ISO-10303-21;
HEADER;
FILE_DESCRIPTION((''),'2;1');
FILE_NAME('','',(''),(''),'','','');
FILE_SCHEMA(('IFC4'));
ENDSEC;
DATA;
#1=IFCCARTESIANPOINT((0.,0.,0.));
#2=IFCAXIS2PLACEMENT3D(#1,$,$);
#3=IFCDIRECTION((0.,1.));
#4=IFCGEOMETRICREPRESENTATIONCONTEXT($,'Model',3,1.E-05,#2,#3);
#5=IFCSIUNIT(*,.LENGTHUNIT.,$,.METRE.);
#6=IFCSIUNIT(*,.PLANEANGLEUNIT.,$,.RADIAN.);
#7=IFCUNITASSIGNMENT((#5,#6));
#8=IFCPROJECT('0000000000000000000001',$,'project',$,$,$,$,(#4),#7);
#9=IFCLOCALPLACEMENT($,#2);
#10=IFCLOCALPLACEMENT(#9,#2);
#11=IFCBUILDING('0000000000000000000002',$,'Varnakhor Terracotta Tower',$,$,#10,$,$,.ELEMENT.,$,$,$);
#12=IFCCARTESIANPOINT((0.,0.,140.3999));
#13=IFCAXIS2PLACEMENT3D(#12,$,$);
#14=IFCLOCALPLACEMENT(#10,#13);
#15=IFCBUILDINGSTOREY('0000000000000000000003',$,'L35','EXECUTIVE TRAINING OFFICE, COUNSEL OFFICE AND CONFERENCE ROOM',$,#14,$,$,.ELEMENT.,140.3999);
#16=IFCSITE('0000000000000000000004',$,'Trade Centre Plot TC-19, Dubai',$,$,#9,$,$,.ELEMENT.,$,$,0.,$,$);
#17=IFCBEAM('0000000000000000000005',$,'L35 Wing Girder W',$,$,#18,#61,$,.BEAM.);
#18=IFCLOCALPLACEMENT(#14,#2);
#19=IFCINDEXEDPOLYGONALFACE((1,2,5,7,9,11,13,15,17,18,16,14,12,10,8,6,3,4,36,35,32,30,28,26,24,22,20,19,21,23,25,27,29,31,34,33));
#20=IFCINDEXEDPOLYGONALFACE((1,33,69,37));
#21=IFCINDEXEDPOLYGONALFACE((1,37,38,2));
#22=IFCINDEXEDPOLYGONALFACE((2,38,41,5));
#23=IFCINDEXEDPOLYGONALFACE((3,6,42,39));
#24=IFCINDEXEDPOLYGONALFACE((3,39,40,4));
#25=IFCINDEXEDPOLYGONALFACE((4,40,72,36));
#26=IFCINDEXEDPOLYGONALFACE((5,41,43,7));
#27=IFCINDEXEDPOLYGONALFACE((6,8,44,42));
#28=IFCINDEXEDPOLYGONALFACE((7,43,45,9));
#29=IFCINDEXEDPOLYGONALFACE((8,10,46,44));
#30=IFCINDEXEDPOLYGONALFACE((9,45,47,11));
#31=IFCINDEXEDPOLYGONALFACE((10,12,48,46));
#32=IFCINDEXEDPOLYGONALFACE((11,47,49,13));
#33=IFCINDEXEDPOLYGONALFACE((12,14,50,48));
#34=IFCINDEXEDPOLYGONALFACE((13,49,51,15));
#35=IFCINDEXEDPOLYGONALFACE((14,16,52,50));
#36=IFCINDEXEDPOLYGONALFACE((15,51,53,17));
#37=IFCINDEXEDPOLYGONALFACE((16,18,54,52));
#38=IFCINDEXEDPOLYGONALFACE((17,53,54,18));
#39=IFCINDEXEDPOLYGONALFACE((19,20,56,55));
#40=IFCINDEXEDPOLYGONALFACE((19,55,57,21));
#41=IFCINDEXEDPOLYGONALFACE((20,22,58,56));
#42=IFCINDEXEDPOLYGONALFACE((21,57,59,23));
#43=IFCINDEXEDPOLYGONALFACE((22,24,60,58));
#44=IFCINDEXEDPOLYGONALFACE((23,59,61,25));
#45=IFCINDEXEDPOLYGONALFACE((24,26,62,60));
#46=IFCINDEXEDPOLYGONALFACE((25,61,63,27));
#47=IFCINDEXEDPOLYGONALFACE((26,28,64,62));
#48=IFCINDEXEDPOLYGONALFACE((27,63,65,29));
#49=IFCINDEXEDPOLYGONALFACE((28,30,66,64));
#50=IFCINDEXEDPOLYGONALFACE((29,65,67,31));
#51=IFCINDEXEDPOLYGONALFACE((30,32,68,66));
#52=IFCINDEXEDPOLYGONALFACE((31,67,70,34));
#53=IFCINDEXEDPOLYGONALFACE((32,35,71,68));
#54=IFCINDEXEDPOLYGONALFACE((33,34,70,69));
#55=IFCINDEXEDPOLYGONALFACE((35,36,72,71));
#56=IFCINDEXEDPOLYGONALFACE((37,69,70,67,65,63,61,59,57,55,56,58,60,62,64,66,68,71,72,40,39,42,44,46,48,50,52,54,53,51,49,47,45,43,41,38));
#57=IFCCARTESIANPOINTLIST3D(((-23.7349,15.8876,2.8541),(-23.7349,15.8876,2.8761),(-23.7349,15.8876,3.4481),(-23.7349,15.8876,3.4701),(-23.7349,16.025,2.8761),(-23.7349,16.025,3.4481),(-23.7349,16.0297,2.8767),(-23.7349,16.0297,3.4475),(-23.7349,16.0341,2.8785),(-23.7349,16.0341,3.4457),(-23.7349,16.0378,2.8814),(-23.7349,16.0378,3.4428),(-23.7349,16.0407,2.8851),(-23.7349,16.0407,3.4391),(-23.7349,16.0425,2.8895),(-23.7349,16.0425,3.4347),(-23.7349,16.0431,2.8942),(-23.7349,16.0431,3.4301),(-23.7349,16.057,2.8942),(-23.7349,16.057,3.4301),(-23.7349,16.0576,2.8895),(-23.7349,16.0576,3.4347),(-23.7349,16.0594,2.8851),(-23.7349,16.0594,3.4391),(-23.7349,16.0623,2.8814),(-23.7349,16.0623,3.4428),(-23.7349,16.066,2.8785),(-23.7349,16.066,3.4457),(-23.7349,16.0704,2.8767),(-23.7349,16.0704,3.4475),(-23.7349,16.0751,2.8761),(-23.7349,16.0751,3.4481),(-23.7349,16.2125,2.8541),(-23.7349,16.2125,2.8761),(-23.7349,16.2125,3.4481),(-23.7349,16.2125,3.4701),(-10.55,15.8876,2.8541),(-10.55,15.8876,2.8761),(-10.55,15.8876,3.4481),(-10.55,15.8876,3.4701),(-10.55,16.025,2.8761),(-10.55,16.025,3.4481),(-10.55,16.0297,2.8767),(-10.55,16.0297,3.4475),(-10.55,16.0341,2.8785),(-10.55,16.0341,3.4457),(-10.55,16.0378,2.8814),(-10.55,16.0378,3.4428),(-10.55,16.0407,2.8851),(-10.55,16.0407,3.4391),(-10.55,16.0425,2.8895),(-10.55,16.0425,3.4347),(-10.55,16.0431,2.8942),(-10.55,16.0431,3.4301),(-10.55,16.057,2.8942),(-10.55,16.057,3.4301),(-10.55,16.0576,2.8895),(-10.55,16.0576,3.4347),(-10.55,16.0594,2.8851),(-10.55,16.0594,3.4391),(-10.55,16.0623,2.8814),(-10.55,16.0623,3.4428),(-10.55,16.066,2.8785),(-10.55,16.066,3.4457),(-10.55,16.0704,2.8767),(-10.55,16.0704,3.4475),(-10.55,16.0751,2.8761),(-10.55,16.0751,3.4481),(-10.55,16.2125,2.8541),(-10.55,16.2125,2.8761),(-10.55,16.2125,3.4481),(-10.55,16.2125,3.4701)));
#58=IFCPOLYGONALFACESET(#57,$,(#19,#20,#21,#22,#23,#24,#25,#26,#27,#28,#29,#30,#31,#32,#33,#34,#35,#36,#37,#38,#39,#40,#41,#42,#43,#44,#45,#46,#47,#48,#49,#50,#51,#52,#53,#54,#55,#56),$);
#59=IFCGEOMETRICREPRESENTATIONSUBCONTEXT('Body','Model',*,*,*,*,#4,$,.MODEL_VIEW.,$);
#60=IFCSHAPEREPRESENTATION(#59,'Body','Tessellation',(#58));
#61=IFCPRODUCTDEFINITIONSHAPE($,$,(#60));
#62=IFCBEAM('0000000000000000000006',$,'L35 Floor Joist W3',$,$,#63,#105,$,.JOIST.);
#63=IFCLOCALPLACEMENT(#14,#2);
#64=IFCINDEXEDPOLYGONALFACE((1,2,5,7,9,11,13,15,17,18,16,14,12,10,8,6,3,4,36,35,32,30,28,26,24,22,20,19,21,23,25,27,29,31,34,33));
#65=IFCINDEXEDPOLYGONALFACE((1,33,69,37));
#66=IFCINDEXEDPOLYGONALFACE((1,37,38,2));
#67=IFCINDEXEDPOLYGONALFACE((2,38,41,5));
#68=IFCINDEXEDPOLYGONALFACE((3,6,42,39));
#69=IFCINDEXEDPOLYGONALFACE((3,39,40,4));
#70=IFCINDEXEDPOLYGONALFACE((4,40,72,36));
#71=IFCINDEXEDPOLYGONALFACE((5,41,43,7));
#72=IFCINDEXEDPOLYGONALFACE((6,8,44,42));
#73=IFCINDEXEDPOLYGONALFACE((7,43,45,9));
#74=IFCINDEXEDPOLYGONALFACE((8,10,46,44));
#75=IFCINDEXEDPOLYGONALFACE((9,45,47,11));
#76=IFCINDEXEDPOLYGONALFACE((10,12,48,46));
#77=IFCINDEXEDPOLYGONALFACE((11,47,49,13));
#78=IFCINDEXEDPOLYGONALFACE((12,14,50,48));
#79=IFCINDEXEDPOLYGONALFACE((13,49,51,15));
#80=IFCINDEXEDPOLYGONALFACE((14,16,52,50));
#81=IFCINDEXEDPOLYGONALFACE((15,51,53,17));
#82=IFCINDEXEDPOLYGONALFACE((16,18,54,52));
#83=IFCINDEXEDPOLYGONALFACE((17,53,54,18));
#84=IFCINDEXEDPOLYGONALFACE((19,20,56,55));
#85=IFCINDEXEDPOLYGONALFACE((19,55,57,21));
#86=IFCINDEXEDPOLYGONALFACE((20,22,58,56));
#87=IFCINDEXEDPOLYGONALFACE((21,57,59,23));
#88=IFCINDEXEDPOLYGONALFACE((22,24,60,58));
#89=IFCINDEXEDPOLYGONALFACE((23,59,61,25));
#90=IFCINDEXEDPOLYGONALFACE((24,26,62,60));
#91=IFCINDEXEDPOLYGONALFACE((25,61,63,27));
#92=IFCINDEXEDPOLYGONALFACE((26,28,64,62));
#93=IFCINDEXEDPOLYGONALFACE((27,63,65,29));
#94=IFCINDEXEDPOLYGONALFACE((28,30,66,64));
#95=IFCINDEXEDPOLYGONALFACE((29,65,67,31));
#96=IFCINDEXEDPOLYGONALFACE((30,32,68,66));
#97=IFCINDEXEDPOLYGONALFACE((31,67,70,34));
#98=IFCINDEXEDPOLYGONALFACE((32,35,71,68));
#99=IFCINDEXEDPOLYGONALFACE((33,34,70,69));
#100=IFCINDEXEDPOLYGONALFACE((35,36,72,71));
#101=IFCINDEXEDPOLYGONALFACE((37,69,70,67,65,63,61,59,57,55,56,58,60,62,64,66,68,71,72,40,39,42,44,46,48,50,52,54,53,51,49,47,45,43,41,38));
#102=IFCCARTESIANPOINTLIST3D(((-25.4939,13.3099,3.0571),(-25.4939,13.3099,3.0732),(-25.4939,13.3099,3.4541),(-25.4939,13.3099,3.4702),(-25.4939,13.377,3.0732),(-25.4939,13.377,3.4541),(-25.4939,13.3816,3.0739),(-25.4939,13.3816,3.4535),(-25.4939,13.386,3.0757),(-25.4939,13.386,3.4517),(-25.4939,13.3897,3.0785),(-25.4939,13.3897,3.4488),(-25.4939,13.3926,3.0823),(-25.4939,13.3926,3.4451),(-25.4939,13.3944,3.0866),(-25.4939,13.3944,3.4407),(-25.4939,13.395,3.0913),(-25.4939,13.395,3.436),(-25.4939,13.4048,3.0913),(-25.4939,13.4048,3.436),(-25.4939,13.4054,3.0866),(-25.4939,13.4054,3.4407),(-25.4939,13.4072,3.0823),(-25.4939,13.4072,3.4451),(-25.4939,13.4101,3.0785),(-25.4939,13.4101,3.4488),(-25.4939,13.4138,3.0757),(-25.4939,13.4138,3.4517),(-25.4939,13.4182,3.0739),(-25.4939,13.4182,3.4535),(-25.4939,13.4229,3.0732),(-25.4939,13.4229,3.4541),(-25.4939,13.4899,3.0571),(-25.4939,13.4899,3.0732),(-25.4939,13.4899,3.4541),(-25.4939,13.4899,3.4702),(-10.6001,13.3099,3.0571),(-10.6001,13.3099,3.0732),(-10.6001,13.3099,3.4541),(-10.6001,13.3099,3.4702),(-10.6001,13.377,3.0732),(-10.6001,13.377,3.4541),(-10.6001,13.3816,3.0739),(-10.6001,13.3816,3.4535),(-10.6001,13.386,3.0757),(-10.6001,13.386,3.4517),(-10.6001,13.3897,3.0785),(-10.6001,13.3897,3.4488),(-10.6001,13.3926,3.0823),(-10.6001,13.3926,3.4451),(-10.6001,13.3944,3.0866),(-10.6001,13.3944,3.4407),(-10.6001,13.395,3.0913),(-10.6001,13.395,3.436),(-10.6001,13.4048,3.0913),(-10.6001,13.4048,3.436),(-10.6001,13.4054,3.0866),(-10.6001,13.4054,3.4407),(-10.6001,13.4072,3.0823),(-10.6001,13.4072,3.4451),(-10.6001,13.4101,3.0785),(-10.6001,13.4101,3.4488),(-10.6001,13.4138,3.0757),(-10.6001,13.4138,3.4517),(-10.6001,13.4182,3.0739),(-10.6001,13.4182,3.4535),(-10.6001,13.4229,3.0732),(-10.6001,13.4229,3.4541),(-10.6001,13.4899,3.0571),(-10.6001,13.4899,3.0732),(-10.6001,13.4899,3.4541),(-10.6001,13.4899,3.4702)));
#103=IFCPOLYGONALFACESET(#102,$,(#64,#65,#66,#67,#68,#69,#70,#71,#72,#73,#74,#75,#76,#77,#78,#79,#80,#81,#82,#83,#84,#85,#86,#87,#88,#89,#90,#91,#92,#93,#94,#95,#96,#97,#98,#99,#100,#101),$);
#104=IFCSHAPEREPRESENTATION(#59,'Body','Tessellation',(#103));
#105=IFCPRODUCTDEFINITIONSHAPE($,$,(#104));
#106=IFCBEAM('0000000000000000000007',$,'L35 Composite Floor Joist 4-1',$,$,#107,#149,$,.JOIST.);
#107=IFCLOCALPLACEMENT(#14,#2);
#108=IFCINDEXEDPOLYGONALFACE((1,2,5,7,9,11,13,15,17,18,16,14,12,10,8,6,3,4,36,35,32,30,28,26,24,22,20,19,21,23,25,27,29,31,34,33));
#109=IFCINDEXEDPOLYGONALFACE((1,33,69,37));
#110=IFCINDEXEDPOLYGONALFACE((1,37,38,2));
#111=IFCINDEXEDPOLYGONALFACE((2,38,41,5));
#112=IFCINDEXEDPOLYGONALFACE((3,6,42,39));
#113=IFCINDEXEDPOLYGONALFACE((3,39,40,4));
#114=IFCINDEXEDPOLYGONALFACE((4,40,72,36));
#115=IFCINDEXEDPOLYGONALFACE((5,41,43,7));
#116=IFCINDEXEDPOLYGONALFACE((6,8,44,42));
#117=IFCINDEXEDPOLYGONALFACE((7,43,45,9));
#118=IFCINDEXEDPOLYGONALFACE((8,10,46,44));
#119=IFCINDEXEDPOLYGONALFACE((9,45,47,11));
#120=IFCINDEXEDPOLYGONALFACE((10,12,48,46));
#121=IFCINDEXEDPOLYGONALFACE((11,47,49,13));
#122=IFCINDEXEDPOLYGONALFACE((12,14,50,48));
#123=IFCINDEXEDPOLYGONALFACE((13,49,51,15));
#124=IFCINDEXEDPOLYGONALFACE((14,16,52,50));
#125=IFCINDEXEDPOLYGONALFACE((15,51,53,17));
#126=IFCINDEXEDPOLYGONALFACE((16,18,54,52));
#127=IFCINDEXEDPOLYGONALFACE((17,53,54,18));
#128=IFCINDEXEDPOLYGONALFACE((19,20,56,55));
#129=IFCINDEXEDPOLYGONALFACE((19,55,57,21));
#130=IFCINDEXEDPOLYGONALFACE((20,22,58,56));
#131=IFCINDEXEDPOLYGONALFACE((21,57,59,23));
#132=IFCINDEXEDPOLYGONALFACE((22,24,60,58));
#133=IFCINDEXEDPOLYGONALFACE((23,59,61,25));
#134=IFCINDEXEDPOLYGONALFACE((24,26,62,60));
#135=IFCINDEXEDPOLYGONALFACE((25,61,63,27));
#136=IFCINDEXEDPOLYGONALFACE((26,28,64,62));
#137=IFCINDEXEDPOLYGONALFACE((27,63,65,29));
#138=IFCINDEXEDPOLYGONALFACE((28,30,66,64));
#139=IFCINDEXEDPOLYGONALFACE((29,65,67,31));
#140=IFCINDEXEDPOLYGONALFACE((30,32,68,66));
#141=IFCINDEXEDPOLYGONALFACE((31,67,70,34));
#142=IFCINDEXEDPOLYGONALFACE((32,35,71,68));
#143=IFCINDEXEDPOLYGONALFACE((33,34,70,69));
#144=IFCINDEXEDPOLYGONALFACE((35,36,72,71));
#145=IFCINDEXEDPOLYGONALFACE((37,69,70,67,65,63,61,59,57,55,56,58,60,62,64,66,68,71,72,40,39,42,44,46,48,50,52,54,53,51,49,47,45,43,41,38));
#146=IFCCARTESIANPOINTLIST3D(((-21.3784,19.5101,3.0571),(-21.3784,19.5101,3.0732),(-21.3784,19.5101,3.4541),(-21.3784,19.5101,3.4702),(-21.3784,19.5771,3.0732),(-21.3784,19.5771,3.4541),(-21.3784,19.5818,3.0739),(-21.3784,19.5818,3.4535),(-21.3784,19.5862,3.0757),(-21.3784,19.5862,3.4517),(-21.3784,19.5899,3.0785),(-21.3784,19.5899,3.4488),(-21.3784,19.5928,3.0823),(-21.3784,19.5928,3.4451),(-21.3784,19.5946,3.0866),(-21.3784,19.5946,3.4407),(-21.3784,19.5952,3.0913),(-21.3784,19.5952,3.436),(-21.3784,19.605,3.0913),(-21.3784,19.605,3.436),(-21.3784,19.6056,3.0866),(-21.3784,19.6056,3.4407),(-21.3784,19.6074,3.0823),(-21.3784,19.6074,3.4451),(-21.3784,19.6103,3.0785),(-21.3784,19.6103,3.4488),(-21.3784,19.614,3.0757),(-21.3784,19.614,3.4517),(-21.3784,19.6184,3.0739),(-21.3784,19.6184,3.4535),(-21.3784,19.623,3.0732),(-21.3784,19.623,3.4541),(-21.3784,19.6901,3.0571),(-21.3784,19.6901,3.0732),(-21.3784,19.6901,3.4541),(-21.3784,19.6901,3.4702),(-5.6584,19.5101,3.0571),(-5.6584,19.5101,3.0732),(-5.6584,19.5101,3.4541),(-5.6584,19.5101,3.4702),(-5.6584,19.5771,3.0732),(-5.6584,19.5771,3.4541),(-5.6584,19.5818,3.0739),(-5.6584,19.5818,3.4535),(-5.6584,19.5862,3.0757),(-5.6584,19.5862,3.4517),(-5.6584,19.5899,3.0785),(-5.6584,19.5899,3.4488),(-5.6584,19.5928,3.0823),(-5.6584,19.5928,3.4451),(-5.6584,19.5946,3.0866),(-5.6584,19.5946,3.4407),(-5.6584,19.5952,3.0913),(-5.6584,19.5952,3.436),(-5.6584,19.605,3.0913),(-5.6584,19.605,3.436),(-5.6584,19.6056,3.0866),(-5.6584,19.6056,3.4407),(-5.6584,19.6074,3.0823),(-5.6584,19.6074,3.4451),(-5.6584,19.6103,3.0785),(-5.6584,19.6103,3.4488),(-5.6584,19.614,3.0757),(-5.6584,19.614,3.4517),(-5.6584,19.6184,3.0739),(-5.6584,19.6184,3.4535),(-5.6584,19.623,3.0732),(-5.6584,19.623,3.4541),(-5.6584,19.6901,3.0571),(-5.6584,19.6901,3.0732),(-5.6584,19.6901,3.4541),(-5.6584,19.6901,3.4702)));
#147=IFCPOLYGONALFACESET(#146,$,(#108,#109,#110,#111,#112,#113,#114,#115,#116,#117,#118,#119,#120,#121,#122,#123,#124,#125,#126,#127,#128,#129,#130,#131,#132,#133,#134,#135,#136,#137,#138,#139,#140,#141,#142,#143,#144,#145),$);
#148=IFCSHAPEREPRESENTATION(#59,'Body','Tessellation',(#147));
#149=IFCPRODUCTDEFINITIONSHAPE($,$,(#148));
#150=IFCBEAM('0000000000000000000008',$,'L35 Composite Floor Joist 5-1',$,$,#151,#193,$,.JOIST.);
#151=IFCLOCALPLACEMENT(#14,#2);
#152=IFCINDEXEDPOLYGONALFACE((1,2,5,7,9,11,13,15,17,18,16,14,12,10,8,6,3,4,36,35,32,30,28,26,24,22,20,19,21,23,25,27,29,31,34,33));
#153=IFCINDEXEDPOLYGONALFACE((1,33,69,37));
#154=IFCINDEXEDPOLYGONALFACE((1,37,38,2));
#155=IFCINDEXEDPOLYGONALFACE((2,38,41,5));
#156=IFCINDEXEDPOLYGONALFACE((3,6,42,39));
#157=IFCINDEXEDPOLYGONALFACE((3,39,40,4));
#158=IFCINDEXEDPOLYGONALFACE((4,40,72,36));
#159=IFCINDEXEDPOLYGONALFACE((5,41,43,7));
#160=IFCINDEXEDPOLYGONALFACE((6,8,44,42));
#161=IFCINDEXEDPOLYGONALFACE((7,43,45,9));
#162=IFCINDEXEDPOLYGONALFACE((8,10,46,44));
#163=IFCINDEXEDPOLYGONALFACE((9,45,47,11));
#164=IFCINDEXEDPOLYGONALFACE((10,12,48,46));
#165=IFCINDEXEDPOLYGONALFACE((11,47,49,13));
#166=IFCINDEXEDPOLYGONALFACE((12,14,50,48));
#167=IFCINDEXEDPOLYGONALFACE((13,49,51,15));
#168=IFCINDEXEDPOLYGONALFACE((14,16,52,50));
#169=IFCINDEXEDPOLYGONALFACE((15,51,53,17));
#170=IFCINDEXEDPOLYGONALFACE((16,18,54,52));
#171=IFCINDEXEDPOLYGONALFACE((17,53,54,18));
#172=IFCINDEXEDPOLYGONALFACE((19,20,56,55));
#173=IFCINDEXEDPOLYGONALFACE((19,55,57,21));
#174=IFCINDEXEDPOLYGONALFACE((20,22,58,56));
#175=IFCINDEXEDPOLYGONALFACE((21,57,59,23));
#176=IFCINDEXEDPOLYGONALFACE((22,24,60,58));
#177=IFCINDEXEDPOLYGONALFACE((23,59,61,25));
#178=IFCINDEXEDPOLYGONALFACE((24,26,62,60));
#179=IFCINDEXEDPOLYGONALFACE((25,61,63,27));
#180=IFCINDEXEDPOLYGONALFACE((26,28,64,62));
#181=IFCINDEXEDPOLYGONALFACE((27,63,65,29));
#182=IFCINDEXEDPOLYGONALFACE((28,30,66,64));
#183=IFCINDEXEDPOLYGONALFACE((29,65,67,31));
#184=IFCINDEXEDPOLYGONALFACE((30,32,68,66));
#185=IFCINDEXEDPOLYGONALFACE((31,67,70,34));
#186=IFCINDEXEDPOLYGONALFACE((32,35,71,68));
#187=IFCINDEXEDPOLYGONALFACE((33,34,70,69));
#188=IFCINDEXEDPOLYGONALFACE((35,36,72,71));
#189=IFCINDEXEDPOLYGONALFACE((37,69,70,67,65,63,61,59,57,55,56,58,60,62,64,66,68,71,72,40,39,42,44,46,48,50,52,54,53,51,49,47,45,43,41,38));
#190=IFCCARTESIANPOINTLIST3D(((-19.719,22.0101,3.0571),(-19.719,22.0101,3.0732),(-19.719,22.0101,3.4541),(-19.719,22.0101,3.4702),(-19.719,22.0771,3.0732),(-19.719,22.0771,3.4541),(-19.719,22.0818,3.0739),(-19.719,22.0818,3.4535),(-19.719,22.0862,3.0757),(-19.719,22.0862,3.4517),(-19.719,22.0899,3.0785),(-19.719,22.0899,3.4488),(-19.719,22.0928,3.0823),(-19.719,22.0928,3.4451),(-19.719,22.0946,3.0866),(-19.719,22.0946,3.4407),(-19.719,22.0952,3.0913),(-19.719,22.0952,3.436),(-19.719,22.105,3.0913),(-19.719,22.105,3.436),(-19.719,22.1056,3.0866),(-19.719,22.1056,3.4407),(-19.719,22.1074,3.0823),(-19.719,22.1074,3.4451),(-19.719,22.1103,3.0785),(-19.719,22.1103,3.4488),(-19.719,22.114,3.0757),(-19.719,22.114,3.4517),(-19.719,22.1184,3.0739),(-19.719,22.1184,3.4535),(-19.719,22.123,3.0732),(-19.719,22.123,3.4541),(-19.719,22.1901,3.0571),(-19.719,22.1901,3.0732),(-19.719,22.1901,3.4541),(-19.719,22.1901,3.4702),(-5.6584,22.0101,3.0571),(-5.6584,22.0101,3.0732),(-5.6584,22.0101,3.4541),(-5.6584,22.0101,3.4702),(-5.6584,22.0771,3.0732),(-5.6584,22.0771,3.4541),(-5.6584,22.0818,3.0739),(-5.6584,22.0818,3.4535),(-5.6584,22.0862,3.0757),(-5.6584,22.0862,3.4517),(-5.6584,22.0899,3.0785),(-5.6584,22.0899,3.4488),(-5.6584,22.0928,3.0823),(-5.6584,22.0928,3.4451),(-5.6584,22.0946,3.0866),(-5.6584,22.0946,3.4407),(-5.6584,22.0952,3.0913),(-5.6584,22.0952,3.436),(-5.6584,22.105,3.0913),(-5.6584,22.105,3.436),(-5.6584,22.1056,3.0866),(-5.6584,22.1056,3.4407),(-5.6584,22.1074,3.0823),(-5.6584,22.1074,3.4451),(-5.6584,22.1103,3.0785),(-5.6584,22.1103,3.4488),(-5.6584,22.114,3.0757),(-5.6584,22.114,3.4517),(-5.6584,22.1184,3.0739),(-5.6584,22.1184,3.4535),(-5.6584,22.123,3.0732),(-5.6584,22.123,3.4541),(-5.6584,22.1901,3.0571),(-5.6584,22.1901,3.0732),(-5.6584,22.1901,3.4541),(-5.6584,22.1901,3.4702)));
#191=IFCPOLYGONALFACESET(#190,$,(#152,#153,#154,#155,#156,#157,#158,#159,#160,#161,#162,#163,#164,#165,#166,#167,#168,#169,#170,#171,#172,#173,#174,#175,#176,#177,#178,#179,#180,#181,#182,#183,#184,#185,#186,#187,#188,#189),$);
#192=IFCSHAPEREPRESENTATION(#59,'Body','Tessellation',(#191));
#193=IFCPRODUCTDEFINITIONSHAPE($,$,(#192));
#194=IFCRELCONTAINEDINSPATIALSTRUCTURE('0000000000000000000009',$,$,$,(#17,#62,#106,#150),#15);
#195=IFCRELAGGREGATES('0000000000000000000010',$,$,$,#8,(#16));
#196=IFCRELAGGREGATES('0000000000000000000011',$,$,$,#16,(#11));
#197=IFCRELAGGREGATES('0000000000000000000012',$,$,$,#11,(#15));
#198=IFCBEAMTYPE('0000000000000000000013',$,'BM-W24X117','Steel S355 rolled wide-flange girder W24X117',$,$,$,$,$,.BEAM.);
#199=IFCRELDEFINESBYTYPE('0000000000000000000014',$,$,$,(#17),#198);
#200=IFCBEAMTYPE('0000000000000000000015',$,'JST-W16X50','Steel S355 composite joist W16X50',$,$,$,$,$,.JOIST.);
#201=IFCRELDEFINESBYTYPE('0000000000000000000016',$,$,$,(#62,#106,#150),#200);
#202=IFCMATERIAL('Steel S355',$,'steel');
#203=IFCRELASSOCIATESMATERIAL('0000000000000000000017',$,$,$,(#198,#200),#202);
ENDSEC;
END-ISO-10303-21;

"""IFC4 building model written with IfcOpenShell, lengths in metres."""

from ifc_helpers import new_model, si_unit, direction, frame, origin, origin_2d, place, context, subcontext, project, spatial, i_section, extrude, source, transform, mapped, material, material_profile, profile_set, type_object, element, save


model = new_model("IFC4")

# Units and contexts
model_context = context("Model", 3, precision=1e-05, world=origin(), true_north=direction((0.0, 1.0)))
body_context = subcontext(model_context, "Body", "Model", "MODEL_VIEW")
ifc_project = project(units=[si_unit("LENGTHUNIT", "METRE"), si_unit("PLANEANGLEUNIT", "RADIAN")], contexts=[model_context])

# Site, building, storey
site_placement = place(None, origin())
site = spatial("IfcSite", under=ifc_project, at=site_placement, Name="Trade Centre Plot TC-19, Dubai", CompositionType="ELEMENT", RefElevation=0.0)
building_placement = place(site_placement, origin())
building = spatial("IfcBuilding", under=site, at=building_placement, Name="Varnakhor Terracotta Tower", CompositionType="ELEMENT")
storey_placement = place(building_placement, frame((0.0, 0.0, 140.3999)))
storey = spatial("IfcBuildingStorey", under=building, at=storey_placement, Name="L35", Description="EXECUTIVE TRAINING OFFICE, COUNSEL OFFICE AND CONFERENCE ROOM", CompositionType="ELEMENT", Elevation=140.3999)

# Beams
ifc_material_1 = material(Name="Steel S355", Category="steel")
ifc_material_profile_1 = material_profile(ifc_material_1, i_section(OverallWidth=0.325, OverallDepth=0.616, WebThickness=0.0139, FlangeThickness=0.022, FilletRadius=0.0181, at=origin_2d()), Name="W24X117")
ifc_profile_set_1 = profile_set([ifc_material_profile_1], Name="Steel S355")
beam_type_1 = type_object("IfcBeamType", Name="BM-W24X117", Description="Steel S355 rolled wide-flange girder W24X117", PredefinedType="BEAM", material=ifc_profile_set_1)
shared_shape_1 = source(origin(), body_context, "Body", "SweptSolid", [
    extrude(i_section(OverallWidth=0.325, OverallDepth=0.616, WebThickness=0.0139, FlangeThickness=0.022, FilletRadius=0.0181, at=origin_2d()), origin(), (0.0, 0.0, 1.0), 13.1848),
])
beam_1_placement = place(storey_placement, frame((-23.7349, 16.05, 3.1621), z_axis=(1.0, 0.0, 0.0), x_axis=(0.0, 1.0, 0.0)))
element("IfcBeam", 1, at=beam_1_placement, inside=storey, type_object=beam_type_1, Name="L35 Wing Girder W", PredefinedType="BEAM", context=body_context, shape_type="MappedRepresentation", body=[
    mapped(shared_shape_1, transform((0.0, 0.0, 0.0), scale=1.0)),
])
ifc_material_profile_2 = material_profile(ifc_material_1, i_section(OverallWidth=0.1799, OverallDepth=0.4131, WebThickness=0.0098, FlangeThickness=0.0161, FilletRadius=0.0181, at=origin_2d()), Name="W16X50")
ifc_profile_set_2 = profile_set([ifc_material_profile_2], Name="Steel S355")
beam_type_2 = type_object("IfcBeamType", Name="JST-W16X50", Description="Steel S355 composite joist W16X50", PredefinedType="JOIST", material=ifc_profile_set_2)
shared_shape_2 = source(origin(), body_context, "Body", "SweptSolid", [
    extrude(i_section(OverallWidth=0.1799, OverallDepth=0.4131, WebThickness=0.0098, FlangeThickness=0.0161, FilletRadius=0.0181, at=origin_2d()), origin(), (0.0, 0.0, 1.0), 14.8938),
])
beam_2_placement = place(storey_placement, frame((-25.4939, 13.3999, 3.2637), z_axis=(1.0, 0.0, 0.0), x_axis=(0.0, 1.0, 0.0)))
element("IfcBeam", 2, at=beam_2_placement, inside=storey, type_object=beam_type_2, Name="L35 Floor Joist W3", PredefinedType="JOIST", context=body_context, shape_type="MappedRepresentation", body=[
    mapped(shared_shape_2, transform((0.0, 0.0, 0.0), scale=1.0)),
])
shared_shape_3 = source(origin(), body_context, "Body", "SweptSolid", [
    extrude(i_section(OverallWidth=0.1799, OverallDepth=0.4131, WebThickness=0.0098, FlangeThickness=0.0161, FilletRadius=0.0181, at=origin_2d()), origin(), (0.0, 0.0, 1.0), 15.72),
])
beam_3_placement = place(storey_placement, frame((-21.3784, 19.6001, 3.2637), z_axis=(1.0, 0.0, 0.0), x_axis=(0.0, 1.0, 0.0)))
element("IfcBeam", 3, at=beam_3_placement, inside=storey, type_object=beam_type_2, Name="L35 Composite Floor Joist 4-1", PredefinedType="JOIST", context=body_context, shape_type="MappedRepresentation", body=[
    mapped(shared_shape_3, transform((0.0, 0.0, 0.0), scale=1.0)),
])
shared_shape_4 = source(origin(), body_context, "Body", "SweptSolid", [
    extrude(i_section(OverallWidth=0.1799, OverallDepth=0.4131, WebThickness=0.0098, FlangeThickness=0.0161, FilletRadius=0.0181, at=origin_2d()), origin(), (0.0, 0.0, 1.0), 14.0605),
])
beam_4_placement = place(storey_placement, frame((-19.719, 22.1001, 3.2637), z_axis=(1.0, 0.0, 0.0), x_axis=(0.0, 1.0, 0.0)))
element("IfcBeam", 4, at=beam_4_placement, inside=storey, type_object=beam_type_2, Name="L35 Composite Floor Joist 5-1", PredefinedType="JOIST", context=body_context, shape_type="MappedRepresentation", body=[
    mapped(shared_shape_4, transform((0.0, 0.0, 0.0), scale=1.0)),
])

save(model, "model.ifc")
